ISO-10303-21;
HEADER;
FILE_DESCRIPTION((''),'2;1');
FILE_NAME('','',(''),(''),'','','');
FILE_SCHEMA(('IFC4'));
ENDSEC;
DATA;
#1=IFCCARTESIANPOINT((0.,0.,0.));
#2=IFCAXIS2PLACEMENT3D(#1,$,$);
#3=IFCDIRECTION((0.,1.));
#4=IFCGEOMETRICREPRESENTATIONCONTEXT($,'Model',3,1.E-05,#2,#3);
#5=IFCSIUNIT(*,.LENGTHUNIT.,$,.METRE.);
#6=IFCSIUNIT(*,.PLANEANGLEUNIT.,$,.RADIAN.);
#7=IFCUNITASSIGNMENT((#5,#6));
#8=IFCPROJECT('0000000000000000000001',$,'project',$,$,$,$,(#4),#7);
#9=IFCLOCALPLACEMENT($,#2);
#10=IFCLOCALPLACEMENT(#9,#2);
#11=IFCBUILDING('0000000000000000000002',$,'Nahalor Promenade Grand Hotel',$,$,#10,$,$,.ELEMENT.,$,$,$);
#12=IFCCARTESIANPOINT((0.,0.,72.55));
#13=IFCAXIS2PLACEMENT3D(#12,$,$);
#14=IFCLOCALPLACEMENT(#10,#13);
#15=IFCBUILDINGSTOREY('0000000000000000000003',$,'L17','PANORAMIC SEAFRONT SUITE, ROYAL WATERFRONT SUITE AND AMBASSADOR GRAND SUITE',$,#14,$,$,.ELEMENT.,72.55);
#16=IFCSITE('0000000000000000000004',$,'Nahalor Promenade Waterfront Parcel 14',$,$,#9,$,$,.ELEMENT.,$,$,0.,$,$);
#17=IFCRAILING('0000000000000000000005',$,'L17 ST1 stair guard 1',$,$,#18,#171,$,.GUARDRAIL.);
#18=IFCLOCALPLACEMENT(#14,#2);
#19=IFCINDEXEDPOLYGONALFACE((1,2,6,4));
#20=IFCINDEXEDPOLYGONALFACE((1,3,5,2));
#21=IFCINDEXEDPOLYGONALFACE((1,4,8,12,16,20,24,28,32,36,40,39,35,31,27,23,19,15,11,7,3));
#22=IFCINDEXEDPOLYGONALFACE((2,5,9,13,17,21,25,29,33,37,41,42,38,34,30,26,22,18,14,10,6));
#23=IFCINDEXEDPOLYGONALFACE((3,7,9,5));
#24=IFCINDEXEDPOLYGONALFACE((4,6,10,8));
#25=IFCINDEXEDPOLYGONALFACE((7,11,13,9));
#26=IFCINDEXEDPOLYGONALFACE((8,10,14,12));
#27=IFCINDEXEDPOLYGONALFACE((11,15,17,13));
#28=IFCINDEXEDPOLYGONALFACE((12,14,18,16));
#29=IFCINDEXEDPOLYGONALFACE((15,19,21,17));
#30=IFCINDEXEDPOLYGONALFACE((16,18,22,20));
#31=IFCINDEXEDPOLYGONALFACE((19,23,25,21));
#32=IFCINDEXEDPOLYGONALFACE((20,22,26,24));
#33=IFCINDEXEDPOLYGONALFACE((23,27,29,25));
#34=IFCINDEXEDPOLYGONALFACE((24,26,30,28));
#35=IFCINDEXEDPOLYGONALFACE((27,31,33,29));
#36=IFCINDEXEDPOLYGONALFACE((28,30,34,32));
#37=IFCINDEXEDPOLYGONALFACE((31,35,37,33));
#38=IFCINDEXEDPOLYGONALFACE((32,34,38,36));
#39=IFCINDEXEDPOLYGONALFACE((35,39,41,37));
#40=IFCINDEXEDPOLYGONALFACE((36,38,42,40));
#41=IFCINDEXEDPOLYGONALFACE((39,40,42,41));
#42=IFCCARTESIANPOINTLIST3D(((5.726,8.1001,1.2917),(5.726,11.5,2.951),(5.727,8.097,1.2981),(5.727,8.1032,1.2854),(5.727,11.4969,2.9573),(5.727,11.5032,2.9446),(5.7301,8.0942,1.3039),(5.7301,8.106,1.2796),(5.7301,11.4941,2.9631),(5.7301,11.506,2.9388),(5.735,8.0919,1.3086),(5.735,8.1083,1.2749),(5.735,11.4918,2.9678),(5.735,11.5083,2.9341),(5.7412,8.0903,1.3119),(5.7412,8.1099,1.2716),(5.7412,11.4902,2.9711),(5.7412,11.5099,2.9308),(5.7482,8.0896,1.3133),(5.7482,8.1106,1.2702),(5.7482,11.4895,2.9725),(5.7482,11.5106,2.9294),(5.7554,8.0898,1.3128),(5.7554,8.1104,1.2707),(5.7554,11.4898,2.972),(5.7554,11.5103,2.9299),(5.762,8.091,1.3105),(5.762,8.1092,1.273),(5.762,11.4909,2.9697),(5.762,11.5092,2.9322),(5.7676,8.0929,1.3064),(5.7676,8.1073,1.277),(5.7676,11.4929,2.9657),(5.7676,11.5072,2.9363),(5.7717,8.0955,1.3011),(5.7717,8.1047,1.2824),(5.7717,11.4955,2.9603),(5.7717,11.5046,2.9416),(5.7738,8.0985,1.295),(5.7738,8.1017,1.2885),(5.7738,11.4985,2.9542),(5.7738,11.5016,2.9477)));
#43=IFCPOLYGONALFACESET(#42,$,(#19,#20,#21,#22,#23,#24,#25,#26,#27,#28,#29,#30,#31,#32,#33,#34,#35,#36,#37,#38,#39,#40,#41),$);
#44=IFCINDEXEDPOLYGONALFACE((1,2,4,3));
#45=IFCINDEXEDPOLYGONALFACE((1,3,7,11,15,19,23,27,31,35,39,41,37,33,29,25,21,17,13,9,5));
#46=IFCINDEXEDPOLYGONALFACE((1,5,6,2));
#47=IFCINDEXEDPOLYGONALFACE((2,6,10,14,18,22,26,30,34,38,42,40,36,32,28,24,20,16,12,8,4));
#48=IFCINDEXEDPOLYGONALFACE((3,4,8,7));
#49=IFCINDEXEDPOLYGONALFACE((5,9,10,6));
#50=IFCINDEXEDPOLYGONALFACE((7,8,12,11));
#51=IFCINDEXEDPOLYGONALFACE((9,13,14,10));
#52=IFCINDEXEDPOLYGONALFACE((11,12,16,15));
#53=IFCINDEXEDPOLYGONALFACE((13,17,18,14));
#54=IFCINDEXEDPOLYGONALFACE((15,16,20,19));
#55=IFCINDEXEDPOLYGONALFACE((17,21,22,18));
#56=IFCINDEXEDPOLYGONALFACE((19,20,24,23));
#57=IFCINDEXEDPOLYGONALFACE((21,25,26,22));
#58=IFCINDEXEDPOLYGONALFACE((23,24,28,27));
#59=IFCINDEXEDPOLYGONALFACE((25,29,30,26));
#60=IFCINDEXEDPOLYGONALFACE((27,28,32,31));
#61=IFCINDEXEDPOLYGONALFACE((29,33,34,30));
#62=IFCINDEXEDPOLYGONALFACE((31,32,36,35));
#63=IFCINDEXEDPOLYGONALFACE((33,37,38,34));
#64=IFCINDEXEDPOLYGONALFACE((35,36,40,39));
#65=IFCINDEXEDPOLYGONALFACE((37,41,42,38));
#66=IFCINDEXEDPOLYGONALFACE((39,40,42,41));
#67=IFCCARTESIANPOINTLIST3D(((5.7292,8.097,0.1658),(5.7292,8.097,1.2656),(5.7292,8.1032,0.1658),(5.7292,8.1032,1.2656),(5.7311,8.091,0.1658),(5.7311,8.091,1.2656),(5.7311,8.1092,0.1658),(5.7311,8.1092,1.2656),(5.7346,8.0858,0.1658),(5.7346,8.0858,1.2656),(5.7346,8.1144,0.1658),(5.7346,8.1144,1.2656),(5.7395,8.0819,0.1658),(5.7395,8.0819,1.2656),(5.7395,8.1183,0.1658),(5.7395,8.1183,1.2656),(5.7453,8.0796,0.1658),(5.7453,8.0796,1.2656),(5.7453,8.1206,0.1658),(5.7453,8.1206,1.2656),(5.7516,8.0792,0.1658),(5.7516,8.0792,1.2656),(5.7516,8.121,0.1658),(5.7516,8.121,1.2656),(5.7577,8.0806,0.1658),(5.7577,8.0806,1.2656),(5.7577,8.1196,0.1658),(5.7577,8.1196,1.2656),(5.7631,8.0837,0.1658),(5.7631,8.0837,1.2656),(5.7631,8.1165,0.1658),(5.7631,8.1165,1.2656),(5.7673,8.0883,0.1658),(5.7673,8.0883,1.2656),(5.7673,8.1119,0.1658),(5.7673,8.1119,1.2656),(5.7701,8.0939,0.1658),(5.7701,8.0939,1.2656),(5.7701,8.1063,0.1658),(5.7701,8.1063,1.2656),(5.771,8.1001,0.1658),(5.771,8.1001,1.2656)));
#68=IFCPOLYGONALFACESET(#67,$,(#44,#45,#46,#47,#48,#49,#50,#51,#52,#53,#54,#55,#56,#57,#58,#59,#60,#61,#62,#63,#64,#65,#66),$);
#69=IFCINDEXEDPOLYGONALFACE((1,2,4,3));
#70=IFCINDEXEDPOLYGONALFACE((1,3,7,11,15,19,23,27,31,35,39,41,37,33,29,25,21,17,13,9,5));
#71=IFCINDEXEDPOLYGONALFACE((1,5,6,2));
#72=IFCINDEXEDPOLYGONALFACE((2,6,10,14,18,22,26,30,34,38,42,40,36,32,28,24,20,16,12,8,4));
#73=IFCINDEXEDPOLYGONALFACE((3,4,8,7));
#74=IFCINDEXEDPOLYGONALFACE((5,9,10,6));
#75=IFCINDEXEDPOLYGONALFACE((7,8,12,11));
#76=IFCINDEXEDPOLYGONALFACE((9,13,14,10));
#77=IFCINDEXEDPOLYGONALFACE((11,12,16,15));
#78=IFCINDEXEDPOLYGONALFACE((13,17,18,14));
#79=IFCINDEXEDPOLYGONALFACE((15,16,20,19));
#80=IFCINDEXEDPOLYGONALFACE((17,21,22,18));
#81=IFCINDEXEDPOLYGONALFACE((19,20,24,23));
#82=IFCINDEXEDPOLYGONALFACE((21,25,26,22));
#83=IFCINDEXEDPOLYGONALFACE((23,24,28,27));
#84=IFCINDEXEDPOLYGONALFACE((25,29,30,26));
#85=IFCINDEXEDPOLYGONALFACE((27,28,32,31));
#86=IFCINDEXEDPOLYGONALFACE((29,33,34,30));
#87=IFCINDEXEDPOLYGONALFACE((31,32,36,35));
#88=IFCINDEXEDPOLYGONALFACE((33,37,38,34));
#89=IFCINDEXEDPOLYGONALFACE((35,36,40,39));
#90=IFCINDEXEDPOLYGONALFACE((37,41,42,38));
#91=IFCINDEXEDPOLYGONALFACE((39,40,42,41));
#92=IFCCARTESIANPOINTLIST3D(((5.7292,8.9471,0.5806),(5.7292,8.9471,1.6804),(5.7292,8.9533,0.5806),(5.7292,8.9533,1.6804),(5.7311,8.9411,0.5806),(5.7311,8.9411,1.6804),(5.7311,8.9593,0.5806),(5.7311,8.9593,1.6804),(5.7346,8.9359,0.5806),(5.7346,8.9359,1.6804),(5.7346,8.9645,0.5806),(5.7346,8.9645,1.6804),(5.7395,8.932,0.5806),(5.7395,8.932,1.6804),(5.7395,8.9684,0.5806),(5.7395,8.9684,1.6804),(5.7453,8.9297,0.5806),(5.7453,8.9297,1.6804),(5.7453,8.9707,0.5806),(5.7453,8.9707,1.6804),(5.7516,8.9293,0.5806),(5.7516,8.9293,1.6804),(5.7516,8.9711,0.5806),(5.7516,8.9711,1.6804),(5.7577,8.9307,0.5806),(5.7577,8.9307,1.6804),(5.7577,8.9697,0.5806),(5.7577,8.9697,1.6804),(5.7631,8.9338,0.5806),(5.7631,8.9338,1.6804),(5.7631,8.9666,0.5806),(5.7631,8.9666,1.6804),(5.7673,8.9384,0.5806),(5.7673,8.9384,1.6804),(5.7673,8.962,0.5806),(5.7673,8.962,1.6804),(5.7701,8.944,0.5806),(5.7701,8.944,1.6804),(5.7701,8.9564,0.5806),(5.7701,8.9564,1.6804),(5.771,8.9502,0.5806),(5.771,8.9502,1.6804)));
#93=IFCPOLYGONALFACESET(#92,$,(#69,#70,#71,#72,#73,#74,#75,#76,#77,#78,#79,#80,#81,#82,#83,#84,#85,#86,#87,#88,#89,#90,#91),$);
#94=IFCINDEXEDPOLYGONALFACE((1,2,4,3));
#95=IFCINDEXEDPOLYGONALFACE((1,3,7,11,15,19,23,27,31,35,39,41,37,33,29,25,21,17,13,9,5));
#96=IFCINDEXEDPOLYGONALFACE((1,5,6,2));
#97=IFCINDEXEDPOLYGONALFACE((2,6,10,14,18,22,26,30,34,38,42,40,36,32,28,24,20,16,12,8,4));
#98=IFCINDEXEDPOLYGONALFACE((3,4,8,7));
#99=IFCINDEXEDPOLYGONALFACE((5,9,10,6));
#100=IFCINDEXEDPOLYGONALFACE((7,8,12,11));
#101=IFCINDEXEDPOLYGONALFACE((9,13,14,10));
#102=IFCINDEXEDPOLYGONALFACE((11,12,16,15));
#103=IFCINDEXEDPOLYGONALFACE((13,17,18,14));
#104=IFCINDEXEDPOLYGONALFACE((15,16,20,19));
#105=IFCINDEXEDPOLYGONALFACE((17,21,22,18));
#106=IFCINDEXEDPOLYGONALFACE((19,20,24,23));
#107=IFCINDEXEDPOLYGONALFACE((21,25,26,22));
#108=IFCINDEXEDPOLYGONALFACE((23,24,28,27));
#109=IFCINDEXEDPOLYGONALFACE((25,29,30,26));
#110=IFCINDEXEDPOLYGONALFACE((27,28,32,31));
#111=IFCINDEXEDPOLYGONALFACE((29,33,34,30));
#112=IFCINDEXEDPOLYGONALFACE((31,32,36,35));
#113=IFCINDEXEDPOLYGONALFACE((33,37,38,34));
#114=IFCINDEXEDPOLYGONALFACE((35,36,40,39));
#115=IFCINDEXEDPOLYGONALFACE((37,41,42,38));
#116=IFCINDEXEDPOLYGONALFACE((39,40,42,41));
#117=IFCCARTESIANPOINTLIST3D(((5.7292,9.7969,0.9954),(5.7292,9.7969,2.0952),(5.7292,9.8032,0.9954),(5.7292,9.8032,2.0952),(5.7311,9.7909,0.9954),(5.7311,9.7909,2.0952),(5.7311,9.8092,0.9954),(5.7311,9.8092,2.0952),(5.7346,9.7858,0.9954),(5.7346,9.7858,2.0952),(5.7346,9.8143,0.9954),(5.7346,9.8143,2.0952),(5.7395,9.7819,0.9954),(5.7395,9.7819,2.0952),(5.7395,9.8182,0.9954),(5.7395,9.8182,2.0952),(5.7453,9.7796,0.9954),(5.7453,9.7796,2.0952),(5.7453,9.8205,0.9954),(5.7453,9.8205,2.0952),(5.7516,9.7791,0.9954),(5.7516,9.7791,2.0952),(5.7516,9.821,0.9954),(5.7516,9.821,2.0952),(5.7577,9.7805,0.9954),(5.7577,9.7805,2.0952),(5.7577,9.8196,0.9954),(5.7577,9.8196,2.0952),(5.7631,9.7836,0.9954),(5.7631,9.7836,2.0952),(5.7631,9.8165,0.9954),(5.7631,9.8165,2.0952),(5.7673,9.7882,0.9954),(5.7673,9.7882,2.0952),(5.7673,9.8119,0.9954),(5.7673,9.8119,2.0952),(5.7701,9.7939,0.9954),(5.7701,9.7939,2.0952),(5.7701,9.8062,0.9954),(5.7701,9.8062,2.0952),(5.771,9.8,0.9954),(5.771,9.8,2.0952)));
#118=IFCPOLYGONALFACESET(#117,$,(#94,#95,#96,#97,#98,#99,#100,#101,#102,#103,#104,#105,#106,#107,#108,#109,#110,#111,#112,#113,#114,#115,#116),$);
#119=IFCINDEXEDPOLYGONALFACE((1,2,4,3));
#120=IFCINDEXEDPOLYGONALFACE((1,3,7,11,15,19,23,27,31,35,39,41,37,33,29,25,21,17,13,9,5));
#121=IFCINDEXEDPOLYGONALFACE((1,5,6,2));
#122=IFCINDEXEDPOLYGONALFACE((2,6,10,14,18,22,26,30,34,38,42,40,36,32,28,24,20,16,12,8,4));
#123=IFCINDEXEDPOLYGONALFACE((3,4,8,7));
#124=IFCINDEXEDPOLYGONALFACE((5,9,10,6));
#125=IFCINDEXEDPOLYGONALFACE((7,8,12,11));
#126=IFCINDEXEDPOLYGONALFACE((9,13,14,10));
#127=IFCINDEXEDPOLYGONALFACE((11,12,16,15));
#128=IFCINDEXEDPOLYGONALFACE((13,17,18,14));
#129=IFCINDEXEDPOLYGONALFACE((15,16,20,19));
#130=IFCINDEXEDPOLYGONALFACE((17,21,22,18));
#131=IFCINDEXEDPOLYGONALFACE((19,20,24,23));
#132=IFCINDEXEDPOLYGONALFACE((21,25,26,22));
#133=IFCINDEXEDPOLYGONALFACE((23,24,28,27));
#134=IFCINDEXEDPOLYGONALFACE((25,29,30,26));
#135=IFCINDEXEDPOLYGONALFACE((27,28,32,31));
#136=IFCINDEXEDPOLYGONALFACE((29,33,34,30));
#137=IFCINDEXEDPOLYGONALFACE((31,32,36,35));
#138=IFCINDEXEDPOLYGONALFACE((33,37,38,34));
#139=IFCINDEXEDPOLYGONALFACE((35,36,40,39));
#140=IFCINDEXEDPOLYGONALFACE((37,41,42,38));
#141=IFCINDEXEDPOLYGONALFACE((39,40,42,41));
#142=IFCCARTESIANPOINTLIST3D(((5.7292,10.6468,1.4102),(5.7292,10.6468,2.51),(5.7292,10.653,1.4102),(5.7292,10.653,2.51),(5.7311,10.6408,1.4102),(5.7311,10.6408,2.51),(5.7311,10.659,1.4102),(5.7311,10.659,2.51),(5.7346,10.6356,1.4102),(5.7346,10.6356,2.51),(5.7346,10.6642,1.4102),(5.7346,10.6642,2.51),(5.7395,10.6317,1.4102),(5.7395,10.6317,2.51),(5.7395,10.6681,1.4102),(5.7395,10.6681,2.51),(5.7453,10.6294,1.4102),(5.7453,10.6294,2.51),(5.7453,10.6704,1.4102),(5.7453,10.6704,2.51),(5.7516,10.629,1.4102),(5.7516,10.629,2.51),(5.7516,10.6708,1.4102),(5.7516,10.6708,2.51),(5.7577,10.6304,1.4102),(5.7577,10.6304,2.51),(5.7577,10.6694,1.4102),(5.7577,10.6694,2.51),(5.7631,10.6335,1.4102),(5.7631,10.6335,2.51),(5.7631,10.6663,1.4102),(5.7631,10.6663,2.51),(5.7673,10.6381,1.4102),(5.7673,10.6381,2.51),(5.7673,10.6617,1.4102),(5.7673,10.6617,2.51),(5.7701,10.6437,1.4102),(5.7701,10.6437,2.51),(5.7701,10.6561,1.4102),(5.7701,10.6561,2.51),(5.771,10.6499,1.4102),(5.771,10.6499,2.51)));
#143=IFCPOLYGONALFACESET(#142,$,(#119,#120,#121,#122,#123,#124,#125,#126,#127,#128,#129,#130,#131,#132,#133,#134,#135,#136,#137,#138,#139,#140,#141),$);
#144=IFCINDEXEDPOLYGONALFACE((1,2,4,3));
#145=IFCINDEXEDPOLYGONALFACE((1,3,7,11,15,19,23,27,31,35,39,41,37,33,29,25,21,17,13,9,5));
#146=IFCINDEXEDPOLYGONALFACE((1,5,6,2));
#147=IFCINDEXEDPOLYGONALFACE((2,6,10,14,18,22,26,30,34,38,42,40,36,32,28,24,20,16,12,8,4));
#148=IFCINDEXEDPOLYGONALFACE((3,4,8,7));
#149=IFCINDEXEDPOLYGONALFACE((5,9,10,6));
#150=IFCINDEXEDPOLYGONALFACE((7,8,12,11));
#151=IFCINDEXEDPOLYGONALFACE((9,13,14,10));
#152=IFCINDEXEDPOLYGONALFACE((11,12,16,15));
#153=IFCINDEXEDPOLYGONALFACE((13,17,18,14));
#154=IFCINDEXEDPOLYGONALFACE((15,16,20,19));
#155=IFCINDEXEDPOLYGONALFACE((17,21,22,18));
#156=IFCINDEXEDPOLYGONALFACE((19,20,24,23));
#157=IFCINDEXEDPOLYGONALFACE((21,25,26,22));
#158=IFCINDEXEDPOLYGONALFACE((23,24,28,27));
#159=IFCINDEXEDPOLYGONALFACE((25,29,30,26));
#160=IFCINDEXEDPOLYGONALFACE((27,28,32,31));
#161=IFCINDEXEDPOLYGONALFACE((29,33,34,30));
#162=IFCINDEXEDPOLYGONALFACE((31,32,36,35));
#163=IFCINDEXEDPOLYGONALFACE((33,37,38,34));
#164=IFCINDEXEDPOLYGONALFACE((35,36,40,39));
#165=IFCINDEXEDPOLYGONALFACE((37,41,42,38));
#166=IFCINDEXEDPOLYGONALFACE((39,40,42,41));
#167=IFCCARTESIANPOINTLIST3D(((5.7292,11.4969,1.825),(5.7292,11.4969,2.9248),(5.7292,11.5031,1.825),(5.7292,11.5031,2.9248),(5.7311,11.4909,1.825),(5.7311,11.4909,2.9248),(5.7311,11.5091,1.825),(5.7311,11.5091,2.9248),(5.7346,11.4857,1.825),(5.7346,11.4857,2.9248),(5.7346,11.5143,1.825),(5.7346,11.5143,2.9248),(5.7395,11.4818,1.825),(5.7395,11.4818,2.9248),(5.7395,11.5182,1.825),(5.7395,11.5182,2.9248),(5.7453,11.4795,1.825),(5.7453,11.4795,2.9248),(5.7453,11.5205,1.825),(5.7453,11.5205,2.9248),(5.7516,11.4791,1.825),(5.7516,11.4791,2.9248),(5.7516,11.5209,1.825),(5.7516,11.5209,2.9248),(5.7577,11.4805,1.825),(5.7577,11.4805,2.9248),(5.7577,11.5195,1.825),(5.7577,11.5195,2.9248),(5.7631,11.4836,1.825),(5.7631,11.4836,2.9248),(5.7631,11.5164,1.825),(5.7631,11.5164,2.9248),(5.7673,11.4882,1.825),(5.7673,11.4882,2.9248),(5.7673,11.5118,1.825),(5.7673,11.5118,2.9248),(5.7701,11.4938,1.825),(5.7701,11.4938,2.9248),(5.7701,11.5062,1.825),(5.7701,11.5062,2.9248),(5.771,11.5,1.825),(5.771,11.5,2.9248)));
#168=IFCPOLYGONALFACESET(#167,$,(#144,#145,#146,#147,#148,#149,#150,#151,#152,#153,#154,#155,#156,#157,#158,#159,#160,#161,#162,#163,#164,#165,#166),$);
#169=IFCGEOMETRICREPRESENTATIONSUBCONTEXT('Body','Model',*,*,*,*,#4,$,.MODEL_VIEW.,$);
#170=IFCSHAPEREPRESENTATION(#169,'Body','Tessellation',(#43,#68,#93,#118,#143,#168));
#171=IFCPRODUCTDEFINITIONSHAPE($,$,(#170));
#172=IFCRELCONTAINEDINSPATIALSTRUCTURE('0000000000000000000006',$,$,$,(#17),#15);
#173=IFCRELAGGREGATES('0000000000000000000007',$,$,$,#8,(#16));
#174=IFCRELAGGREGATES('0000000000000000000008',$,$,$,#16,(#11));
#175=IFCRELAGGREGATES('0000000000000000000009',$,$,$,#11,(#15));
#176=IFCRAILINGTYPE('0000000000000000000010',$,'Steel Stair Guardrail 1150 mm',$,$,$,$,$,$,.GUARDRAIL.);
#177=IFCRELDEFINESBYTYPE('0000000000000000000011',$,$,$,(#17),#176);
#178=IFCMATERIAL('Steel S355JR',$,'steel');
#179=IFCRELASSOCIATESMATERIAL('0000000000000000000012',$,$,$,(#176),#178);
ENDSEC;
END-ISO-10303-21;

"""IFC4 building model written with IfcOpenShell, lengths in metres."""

from ifc_helpers import new_model, si_unit, direction, frame, origin, origin_2d, place, context, subcontext, project, spatial, circle, extrude, material, type_object, element, save


model = new_model("IFC4")

# Units and contexts
model_context = context("Model", 3, precision=1e-05, world=origin(), true_north=direction((0.0, 1.0)))
body_context = subcontext(model_context, "Body", "Model", "MODEL_VIEW")
ifc_project = project(units=[si_unit("LENGTHUNIT", "METRE"), si_unit("PLANEANGLEUNIT", "RADIAN")], contexts=[model_context])

# Site, building, storey
site_placement = place(None, origin())
site = spatial("IfcSite", under=ifc_project, at=site_placement, Name="Nahalor Promenade Waterfront Parcel 14", CompositionType="ELEMENT", RefElevation=0.0)
building_placement = place(site_placement, origin())
building = spatial("IfcBuilding", under=site, at=building_placement, Name="Nahalor Promenade Grand Hotel", CompositionType="ELEMENT")
storey_placement = place(building_placement, frame((0.0, 0.0, 72.55)))
storey = spatial("IfcBuildingStorey", under=building, at=storey_placement, Name="L17", Description="PANORAMIC SEAFRONT SUITE, ROYAL WATERFRONT SUITE AND AMBASSADOR GRAND SUITE", CompositionType="ELEMENT", Elevation=72.55)

# Shared definitions
ifc_material_1 = material(Name="Steel S355JR", Category="steel")

# Railing
railing_type_1 = type_object("IfcRailingType", Name="Steel Stair Guardrail 1150 mm", PredefinedType="GUARDRAIL", material=ifc_material_1)
railing_1_placement = place(storey_placement, frame((5.75, 8.1001, 0.1658)))
element("IfcRailing", 1, at=railing_1_placement, inside=storey, type_object=railing_type_1, Name="L17 ST1 stair guard 1", PredefinedType="GUARDRAIL", context=body_context, shape_type="SweptSolid", body=[
    extrude(circle(Radius=0.024, at=origin_2d()), frame((0.0, 0.0, 1.126), z_axis=(0.0, 0.898696, 0.438571), x_axis=(-1.0, 0.0, 0.0)), (0.0, 0.0, 1.0), 3.7832),
    extrude(circle(Radius=0.021, at=origin_2d()), origin(), (0.0, 0.0, 1.0), 1.0999),
    extrude(circle(Radius=0.021, at=origin_2d()), frame((0.0, 0.8501, 0.4148)), (0.0, 0.0, 1.0), 1.0999),
    extrude(circle(Radius=0.021, at=origin_2d()), frame((0.0, 1.7, 0.8296)), (0.0, 0.0, 1.0), 1.0999),
    extrude(circle(Radius=0.021, at=origin_2d()), frame((0.0, 2.5498, 1.2444)), (0.0, 0.0, 1.0), 1.0999),
    extrude(circle(Radius=0.021, at=origin_2d()), frame((0.0, 3.3999, 1.6592)), (0.0, 0.0, 1.0), 1.0999),
])

save(model, "model.ifc")
